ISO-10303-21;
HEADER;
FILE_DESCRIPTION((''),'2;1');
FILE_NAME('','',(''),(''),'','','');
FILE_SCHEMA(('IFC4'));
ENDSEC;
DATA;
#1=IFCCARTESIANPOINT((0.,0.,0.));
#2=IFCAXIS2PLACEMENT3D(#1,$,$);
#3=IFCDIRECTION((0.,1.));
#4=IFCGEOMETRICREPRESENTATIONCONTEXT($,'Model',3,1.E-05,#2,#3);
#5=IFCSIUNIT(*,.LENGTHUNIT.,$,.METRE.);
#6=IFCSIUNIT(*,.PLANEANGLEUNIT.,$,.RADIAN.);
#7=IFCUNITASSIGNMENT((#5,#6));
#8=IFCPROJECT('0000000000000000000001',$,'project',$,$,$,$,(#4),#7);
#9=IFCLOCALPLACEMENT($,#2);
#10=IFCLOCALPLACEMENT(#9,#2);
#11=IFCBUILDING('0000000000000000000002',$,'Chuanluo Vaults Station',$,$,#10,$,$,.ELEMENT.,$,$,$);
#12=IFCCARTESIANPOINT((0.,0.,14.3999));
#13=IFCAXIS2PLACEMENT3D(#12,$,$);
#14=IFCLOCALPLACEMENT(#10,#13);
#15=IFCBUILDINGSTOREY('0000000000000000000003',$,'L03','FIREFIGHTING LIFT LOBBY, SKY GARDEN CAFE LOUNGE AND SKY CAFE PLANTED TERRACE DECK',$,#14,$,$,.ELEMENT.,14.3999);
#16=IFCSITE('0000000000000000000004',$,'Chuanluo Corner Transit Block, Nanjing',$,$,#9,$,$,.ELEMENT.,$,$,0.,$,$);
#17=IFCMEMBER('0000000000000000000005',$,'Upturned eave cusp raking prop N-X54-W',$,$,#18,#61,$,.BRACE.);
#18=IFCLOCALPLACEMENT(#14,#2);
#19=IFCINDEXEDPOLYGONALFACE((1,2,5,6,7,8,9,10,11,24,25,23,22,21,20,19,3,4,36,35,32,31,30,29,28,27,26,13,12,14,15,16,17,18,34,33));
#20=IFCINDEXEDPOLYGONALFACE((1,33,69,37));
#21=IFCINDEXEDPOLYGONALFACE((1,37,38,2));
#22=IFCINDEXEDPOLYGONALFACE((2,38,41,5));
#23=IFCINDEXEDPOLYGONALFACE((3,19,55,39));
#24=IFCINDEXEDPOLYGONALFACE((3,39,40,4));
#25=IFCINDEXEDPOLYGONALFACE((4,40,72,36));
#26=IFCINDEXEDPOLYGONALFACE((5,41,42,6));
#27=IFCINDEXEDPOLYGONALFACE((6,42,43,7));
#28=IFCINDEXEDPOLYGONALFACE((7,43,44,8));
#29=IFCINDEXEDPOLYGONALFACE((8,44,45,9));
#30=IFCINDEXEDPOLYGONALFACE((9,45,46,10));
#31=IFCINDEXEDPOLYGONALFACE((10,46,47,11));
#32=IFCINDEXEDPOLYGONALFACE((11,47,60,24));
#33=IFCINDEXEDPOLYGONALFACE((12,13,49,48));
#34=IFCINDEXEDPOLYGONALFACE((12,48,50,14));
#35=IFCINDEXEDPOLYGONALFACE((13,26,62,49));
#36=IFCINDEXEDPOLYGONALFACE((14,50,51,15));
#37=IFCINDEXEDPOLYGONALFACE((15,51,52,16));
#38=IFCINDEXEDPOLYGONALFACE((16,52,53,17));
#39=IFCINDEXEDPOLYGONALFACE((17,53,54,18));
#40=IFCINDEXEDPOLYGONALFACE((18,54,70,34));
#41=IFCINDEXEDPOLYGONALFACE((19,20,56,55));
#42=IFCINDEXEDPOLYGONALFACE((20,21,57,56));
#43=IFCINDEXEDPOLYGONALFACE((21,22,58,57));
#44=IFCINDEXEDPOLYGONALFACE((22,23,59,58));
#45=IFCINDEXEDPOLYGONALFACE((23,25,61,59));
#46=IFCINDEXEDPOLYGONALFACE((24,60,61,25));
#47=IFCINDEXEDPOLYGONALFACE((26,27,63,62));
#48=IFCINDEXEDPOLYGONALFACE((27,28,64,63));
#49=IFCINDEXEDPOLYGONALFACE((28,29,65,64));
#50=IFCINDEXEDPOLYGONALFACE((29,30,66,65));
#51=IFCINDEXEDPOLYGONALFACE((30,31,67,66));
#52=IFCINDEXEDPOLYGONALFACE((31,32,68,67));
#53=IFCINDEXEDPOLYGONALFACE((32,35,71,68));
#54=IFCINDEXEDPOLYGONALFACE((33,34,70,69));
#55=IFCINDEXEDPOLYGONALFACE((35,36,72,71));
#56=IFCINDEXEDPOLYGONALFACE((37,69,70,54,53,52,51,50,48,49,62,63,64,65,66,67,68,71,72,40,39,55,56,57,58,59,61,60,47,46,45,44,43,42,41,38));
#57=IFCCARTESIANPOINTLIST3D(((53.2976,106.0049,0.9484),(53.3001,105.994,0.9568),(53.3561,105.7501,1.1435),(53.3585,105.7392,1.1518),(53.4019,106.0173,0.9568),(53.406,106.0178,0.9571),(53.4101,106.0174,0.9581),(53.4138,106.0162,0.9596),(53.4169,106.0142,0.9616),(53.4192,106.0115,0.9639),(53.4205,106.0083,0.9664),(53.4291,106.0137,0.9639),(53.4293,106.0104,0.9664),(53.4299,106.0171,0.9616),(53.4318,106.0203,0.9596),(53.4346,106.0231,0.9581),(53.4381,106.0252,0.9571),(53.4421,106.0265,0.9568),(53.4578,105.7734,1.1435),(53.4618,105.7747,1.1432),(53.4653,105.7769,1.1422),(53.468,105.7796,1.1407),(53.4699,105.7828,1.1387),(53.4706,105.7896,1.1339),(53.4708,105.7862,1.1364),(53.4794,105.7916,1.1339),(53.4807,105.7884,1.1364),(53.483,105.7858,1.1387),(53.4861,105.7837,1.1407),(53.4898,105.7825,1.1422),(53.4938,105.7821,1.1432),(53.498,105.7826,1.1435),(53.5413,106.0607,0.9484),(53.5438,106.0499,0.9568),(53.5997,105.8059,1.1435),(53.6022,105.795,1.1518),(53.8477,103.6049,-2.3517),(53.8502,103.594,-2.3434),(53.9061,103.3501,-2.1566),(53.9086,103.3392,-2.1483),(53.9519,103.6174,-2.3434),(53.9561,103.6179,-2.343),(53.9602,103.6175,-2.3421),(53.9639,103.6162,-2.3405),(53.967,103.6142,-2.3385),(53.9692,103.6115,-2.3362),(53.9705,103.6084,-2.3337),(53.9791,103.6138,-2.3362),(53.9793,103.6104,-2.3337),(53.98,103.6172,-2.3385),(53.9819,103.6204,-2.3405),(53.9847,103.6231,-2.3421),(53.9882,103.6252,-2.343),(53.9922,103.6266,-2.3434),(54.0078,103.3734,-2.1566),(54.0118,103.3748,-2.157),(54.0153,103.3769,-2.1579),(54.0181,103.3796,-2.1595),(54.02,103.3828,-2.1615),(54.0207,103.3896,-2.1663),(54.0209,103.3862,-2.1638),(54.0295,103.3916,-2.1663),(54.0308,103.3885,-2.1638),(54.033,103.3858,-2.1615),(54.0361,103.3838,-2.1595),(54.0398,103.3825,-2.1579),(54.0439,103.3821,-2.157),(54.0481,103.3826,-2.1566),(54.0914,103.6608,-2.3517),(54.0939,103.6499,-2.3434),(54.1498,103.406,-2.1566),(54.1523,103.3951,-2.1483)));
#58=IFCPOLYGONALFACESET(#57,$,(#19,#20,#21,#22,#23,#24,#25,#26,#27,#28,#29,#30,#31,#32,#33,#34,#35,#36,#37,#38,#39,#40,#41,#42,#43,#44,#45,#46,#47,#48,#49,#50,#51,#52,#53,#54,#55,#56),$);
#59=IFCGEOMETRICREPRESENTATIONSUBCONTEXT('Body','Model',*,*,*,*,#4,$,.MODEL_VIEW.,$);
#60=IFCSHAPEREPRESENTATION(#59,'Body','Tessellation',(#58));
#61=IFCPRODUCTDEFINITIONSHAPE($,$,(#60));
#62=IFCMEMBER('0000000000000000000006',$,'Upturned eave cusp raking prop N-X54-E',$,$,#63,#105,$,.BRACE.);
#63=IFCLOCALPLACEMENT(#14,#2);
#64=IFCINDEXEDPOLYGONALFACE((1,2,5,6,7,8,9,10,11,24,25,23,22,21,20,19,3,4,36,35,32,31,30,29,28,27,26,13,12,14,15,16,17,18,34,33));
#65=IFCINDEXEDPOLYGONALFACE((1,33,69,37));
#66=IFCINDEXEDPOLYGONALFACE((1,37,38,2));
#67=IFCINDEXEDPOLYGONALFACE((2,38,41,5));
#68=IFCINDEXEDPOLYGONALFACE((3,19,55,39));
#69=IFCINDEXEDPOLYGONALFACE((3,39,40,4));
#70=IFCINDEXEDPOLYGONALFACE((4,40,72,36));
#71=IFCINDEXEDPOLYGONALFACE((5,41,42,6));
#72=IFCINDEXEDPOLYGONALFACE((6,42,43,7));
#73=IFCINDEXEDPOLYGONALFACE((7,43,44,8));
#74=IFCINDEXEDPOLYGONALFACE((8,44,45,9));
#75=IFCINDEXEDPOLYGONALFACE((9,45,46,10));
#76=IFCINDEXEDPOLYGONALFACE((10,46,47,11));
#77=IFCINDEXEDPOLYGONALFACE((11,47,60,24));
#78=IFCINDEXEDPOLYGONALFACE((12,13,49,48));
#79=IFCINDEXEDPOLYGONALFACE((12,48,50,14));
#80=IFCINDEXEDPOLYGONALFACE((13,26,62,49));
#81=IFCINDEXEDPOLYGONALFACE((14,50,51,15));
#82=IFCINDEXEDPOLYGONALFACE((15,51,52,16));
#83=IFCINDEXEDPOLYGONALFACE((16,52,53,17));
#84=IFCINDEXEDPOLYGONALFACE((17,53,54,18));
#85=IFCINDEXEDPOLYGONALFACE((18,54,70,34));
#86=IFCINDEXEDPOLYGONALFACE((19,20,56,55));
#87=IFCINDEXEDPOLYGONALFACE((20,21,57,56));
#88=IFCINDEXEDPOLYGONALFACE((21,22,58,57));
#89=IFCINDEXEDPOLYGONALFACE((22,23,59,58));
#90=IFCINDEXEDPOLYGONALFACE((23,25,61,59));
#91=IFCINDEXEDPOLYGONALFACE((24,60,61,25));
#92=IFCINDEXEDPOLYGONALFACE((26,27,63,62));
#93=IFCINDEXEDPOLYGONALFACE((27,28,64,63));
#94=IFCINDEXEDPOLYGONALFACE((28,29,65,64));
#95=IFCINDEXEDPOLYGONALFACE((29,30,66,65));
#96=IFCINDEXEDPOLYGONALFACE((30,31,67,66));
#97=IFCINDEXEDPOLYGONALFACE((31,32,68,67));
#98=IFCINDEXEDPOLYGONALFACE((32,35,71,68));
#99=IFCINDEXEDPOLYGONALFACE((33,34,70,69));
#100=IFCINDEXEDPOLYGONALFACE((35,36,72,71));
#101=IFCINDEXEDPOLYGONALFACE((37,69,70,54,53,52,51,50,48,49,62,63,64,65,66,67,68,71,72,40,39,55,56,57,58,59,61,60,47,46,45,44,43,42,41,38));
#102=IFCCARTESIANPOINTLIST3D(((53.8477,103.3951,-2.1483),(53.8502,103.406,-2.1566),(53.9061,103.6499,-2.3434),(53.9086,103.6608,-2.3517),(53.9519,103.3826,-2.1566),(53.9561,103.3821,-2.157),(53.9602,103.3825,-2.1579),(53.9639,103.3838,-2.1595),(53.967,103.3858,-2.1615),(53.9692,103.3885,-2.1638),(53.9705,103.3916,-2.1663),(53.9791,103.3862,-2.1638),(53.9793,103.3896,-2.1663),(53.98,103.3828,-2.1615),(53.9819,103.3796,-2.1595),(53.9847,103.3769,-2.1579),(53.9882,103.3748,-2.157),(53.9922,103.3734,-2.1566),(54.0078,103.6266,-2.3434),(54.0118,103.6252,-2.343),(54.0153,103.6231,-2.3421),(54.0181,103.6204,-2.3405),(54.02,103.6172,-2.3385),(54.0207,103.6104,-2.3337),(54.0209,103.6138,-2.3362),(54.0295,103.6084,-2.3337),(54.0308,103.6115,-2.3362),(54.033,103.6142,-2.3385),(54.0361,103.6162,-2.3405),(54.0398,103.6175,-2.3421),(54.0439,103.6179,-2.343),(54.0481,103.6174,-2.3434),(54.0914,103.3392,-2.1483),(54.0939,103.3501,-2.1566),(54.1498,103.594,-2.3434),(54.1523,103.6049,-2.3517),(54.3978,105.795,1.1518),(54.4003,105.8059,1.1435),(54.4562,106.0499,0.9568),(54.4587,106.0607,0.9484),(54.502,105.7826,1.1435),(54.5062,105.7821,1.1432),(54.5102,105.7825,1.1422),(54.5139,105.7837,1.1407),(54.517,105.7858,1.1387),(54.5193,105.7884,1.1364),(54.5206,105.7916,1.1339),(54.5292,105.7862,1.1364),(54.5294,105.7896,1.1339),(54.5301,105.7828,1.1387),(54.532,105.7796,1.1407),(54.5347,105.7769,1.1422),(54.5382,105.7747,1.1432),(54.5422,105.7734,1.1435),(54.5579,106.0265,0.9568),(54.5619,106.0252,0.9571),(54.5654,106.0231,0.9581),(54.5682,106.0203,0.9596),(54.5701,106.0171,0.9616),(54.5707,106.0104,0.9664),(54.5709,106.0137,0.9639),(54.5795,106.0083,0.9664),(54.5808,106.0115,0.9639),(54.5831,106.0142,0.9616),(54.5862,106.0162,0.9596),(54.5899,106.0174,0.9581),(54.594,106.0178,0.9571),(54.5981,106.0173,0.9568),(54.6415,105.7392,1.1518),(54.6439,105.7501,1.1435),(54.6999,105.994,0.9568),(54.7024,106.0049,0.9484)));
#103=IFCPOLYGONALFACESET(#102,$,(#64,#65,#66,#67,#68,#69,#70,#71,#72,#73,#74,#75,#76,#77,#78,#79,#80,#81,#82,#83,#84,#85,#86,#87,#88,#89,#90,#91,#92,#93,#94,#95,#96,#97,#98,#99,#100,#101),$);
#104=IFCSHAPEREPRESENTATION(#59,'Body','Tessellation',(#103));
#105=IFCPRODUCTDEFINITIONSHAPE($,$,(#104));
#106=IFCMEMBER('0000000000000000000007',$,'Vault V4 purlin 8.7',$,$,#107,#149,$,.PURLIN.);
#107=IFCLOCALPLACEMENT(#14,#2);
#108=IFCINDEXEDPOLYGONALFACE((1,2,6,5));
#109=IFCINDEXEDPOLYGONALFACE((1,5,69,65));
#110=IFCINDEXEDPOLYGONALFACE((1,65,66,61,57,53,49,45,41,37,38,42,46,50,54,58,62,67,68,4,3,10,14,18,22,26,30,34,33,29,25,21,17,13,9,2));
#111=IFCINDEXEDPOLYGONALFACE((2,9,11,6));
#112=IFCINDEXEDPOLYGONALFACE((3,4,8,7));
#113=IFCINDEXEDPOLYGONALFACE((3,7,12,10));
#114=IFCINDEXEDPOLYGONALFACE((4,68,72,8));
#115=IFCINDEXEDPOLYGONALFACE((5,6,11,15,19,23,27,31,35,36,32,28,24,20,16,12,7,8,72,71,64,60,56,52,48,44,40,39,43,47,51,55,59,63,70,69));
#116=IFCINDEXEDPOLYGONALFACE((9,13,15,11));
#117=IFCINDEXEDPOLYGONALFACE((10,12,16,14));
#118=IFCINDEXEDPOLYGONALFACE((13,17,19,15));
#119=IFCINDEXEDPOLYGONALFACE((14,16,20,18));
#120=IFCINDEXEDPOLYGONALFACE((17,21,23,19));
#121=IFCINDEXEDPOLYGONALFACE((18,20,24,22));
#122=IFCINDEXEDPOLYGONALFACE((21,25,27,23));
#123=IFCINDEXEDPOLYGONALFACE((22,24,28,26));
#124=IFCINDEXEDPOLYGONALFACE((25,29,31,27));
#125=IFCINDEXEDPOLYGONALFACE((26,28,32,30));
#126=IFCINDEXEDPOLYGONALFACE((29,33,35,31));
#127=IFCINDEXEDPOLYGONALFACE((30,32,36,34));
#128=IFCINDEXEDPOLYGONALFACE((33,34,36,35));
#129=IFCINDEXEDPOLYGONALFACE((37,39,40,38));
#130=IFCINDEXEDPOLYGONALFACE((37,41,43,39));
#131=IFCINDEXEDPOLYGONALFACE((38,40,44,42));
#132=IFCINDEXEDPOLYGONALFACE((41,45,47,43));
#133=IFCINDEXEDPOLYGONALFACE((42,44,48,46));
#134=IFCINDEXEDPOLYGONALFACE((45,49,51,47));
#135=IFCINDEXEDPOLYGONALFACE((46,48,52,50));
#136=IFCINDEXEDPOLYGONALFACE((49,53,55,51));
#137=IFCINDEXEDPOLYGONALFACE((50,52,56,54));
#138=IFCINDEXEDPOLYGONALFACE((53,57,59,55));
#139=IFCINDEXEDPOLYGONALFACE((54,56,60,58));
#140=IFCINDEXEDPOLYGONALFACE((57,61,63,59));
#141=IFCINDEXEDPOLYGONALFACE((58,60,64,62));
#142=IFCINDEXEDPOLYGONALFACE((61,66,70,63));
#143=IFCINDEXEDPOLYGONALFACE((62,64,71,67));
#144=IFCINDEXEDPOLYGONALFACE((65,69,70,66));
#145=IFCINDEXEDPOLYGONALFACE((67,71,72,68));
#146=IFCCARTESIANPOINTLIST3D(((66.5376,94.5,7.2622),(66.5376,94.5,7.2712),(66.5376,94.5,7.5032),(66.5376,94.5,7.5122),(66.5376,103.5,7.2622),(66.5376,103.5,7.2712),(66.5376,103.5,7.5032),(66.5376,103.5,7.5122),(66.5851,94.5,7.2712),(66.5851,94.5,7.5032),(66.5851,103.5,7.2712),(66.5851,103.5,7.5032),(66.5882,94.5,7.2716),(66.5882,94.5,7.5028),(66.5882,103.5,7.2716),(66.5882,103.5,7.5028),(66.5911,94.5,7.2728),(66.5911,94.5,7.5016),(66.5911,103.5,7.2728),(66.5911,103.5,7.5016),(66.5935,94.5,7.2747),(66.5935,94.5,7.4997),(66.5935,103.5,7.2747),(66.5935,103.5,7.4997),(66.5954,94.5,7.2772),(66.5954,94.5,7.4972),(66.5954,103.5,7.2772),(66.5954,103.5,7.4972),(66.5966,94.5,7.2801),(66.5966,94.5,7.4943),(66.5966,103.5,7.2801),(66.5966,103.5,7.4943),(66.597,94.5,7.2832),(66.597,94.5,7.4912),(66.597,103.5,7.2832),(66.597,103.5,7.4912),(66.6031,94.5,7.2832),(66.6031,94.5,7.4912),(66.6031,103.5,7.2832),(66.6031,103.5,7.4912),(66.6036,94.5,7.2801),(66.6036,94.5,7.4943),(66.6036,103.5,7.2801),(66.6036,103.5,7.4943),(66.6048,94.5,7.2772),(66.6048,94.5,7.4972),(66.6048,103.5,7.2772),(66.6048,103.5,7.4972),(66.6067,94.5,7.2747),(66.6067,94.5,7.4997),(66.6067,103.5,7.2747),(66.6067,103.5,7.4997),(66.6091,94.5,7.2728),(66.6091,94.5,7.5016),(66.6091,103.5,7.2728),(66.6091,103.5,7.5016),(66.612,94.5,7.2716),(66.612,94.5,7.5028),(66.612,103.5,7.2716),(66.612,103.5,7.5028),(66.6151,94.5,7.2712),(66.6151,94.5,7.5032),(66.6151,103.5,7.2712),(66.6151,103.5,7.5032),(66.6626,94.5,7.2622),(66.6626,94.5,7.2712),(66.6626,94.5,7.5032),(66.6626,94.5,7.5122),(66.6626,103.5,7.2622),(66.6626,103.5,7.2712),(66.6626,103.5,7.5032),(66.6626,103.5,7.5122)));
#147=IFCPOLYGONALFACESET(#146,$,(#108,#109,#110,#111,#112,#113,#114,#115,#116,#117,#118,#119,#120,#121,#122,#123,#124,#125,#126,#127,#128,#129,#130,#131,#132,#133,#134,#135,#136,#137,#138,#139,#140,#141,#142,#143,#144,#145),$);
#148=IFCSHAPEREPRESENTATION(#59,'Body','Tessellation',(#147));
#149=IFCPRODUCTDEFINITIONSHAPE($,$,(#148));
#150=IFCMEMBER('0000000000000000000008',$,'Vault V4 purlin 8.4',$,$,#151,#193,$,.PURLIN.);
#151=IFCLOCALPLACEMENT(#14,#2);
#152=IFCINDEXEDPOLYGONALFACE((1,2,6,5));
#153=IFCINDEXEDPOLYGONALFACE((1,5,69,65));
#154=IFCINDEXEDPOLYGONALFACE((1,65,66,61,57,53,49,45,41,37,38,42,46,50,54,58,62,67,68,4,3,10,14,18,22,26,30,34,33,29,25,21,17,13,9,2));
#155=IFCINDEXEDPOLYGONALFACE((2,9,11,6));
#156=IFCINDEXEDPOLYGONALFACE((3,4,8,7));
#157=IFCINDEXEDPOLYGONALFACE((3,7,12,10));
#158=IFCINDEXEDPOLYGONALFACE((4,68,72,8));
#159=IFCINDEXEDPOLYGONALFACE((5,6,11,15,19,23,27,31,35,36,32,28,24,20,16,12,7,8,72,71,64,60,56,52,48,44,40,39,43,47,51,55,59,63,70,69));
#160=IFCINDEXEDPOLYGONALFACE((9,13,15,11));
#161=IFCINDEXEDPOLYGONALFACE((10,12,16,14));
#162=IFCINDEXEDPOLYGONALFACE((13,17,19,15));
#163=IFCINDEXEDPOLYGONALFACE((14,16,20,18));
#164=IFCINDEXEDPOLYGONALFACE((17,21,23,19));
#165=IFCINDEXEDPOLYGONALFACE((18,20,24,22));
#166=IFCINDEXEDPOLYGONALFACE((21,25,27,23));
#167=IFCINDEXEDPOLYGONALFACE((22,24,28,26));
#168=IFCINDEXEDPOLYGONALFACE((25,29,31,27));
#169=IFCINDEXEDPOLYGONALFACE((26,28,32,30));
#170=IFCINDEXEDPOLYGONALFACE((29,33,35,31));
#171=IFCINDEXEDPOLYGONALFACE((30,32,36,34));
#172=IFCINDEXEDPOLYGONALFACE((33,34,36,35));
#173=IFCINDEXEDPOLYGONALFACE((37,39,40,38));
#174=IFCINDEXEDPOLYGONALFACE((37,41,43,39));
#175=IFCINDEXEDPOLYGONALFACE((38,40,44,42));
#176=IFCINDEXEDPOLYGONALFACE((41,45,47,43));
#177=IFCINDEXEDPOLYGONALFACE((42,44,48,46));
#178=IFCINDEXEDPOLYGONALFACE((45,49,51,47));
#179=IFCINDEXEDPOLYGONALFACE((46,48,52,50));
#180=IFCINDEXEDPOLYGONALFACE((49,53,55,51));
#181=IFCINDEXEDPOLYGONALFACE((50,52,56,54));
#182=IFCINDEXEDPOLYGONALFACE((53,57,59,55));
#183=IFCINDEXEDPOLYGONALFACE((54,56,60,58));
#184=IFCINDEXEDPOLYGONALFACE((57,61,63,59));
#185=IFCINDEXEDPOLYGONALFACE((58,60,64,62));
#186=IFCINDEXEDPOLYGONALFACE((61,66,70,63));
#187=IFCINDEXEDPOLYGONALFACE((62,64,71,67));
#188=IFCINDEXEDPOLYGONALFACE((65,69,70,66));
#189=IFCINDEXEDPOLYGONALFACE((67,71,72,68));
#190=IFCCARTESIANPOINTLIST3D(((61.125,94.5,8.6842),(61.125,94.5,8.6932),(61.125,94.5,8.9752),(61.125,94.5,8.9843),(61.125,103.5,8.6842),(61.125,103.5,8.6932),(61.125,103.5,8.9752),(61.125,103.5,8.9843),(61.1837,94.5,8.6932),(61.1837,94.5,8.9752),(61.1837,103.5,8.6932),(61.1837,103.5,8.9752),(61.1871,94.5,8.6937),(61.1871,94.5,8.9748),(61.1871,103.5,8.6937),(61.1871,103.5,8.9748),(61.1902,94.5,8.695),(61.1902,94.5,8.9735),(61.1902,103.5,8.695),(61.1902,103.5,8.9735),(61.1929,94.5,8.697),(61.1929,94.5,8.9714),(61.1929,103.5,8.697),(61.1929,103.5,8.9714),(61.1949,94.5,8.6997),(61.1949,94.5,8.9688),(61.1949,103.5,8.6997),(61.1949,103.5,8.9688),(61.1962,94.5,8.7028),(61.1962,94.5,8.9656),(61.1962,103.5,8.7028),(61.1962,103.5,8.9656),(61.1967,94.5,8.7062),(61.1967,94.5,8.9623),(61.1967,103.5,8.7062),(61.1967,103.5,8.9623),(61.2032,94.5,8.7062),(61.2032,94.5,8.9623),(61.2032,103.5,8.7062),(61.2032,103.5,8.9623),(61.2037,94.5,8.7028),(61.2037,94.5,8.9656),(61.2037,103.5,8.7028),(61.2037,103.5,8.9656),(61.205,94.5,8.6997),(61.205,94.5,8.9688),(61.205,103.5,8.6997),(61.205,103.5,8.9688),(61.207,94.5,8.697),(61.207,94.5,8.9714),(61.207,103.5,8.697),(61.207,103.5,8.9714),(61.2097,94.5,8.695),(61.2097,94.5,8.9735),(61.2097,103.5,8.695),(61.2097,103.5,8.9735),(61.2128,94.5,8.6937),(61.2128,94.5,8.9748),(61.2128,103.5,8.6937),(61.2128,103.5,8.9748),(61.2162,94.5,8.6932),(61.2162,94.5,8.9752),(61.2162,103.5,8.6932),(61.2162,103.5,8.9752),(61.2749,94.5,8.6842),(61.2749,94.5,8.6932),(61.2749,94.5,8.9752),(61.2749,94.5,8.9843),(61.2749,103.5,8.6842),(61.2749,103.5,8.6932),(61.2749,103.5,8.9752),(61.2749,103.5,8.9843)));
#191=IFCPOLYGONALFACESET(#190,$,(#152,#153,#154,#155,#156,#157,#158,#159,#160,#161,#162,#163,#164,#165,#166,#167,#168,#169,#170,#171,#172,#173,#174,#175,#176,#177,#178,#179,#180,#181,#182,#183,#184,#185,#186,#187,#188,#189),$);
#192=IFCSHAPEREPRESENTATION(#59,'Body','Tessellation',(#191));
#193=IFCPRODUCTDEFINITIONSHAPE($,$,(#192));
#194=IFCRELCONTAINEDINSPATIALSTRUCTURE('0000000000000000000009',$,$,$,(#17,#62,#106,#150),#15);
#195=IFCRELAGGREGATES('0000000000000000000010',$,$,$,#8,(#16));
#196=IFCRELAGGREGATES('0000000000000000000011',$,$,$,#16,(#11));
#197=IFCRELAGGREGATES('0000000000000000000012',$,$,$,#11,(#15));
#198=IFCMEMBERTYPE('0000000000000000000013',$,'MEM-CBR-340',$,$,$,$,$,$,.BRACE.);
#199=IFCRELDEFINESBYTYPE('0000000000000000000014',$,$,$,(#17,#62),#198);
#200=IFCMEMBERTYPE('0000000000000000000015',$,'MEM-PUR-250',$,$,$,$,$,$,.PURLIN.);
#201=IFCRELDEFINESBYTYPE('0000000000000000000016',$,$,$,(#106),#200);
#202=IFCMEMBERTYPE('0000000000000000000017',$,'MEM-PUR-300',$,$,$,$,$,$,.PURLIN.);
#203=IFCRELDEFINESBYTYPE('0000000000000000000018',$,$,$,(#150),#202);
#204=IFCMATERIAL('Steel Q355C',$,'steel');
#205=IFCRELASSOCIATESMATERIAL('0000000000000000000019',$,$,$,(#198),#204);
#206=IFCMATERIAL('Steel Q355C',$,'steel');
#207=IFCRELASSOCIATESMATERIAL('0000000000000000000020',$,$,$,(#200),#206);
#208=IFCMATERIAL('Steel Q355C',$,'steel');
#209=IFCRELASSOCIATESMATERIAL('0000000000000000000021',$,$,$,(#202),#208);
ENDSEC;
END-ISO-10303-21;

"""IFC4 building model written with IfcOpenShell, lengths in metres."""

from ifc_helpers import new_model, si_unit, direction, frame, origin, origin_2d, place, context, subcontext, project, spatial, i_section, extrude, material, material_profile, profile_set, type_object, element, save


model = new_model("IFC4")

# Units and contexts
model_context = context("Model", 3, precision=1e-05, world=origin(), true_north=direction((0.0, 1.0)))
body_context = subcontext(model_context, "Body", "Model", "MODEL_VIEW")
ifc_project = project(units=[si_unit("LENGTHUNIT", "METRE"), si_unit("PLANEANGLEUNIT", "RADIAN")], contexts=[model_context])

# Site, building, storey
site_placement = place(None, origin())
site = spatial("IfcSite", under=ifc_project, at=site_placement, Name="Chuanluo Corner Transit Block, Nanjing", CompositionType="ELEMENT", RefElevation=0.0)
building_placement = place(site_placement, origin())
building = spatial("IfcBuilding", under=site, at=building_placement, Name="Chuanluo Vaults Station", CompositionType="ELEMENT")
storey_placement = place(building_placement, frame((0.0, 0.0, 14.3999)))
storey = spatial("IfcBuildingStorey", under=building, at=storey_placement, Name="L03", Description="FIREFIGHTING LIFT LOBBY, SKY GARDEN CAFE LOUNGE AND SKY CAFE PLANTED TERRACE DECK", CompositionType="ELEMENT", Elevation=14.3999)

# Members
ifc_material_1 = material(Name="Steel Q355C", Category="steel")
ifc_material_profile_1 = material_profile(ifc_material_1, i_section(OverallWidth=0.25, OverallDepth=0.3401, WebThickness=0.009, FlangeThickness=0.0139, FilletRadius=0.0161, at=origin_2d()))
ifc_profile_set_1 = profile_set([ifc_material_profile_1], Name="Steel Q355C")
member_type_1 = type_object("IfcMemberType", Name="MEM-CBR-340", PredefinedType="BRACE", material=ifc_profile_set_1)
for number, where, z_axis, x_axis, name in (
    (1, (54.0, 103.5, -2.25), (-0.133594, 0.582878, 0.801502), (-0.974726, -0.223404, 0.0), "Upturned eave cusp raking prop N-X54-W"),
    (2, (54.0, 103.5, -2.25), (0.133594, 0.582878, 0.801502), (-0.974726, 0.223404, 0.0), "Upturned eave cusp raking prop N-X54-E"),
):
    element("IfcMember", number, at=place(storey_placement, frame(where, z_axis=z_axis, x_axis=x_axis)), inside=storey, type_object=member_type_1, Name=name, PredefinedType="BRACE", context=body_context, shape_type="SweptSolid", body=[
        extrude(i_section(OverallWidth=0.25, OverallDepth=0.3401, WebThickness=0.009, FlangeThickness=0.0139, FilletRadius=0.0161, at=origin_2d()), origin(), (0.0, 0.0, 1.0), 4.1174),
    ])
ifc_material_2 = material(Name="Steel Q355C", Category="steel")
ifc_material_profile_2 = material_profile(ifc_material_2, i_section(OverallWidth=0.125, OverallDepth=0.25, WebThickness=0.0061, FlangeThickness=0.009, FilletRadius=0.012, at=origin_2d()))
ifc_profile_set_2 = profile_set([ifc_material_profile_2], Name="Steel Q355C")
member_type_2 = type_object("IfcMemberType", Name="MEM-PUR-250", PredefinedType="PURLIN", material=ifc_profile_set_2)
member_1_placement = place(storey_placement, frame((66.6001, 94.5, 7.3872), z_axis=(0.0, 1.0, 0.0), x_axis=(-1.0, 0.0, 0.0)))
element("IfcMember", 3, at=member_1_placement, inside=storey, type_object=member_type_2, Name="Vault V4 purlin 8.7", PredefinedType="PURLIN", context=body_context, shape_type="SweptSolid", body=[
    extrude(i_section(OverallWidth=0.125, OverallDepth=0.25, WebThickness=0.0061, FlangeThickness=0.009, FilletRadius=0.012, at=origin_2d()), origin(), (0.0, 0.0, 1.0), 9.0),
])
ifc_material_3 = material(Name="Steel Q355C", Category="steel")
ifc_material_profile_3 = material_profile(ifc_material_3, i_section(OverallWidth=0.1499, OverallDepth=0.3, WebThickness=0.0066, FlangeThickness=0.009, FilletRadius=0.0129, at=origin_2d()))
ifc_profile_set_3 = profile_set([ifc_material_profile_3], Name="Steel Q355C")
member_type_3 = type_object("IfcMemberType", Name="MEM-PUR-300", PredefinedType="PURLIN", material=ifc_profile_set_3)
for number, where, z_axis, x_axis, name in (
    (4, (61.2, 94.5, 8.8342), (0.0, 1.0, 0.0), (-1.0, 0.0, 0.0), "Vault V4 purlin 8.4"),
):
    element("IfcMember", number, at=place(storey_placement, frame(where, z_axis=z_axis, x_axis=x_axis)), inside=storey, type_object=member_type_3, Name=name, PredefinedType="PURLIN", context=body_context, shape_type="SweptSolid", body=[
        extrude(i_section(OverallWidth=0.1499, OverallDepth=0.3, WebThickness=0.0066, FlangeThickness=0.009, FilletRadius=0.0129, at=origin_2d()), origin(), (0.0, 0.0, 1.0), 9.0),
    ])

save(model, "model.ifc")
